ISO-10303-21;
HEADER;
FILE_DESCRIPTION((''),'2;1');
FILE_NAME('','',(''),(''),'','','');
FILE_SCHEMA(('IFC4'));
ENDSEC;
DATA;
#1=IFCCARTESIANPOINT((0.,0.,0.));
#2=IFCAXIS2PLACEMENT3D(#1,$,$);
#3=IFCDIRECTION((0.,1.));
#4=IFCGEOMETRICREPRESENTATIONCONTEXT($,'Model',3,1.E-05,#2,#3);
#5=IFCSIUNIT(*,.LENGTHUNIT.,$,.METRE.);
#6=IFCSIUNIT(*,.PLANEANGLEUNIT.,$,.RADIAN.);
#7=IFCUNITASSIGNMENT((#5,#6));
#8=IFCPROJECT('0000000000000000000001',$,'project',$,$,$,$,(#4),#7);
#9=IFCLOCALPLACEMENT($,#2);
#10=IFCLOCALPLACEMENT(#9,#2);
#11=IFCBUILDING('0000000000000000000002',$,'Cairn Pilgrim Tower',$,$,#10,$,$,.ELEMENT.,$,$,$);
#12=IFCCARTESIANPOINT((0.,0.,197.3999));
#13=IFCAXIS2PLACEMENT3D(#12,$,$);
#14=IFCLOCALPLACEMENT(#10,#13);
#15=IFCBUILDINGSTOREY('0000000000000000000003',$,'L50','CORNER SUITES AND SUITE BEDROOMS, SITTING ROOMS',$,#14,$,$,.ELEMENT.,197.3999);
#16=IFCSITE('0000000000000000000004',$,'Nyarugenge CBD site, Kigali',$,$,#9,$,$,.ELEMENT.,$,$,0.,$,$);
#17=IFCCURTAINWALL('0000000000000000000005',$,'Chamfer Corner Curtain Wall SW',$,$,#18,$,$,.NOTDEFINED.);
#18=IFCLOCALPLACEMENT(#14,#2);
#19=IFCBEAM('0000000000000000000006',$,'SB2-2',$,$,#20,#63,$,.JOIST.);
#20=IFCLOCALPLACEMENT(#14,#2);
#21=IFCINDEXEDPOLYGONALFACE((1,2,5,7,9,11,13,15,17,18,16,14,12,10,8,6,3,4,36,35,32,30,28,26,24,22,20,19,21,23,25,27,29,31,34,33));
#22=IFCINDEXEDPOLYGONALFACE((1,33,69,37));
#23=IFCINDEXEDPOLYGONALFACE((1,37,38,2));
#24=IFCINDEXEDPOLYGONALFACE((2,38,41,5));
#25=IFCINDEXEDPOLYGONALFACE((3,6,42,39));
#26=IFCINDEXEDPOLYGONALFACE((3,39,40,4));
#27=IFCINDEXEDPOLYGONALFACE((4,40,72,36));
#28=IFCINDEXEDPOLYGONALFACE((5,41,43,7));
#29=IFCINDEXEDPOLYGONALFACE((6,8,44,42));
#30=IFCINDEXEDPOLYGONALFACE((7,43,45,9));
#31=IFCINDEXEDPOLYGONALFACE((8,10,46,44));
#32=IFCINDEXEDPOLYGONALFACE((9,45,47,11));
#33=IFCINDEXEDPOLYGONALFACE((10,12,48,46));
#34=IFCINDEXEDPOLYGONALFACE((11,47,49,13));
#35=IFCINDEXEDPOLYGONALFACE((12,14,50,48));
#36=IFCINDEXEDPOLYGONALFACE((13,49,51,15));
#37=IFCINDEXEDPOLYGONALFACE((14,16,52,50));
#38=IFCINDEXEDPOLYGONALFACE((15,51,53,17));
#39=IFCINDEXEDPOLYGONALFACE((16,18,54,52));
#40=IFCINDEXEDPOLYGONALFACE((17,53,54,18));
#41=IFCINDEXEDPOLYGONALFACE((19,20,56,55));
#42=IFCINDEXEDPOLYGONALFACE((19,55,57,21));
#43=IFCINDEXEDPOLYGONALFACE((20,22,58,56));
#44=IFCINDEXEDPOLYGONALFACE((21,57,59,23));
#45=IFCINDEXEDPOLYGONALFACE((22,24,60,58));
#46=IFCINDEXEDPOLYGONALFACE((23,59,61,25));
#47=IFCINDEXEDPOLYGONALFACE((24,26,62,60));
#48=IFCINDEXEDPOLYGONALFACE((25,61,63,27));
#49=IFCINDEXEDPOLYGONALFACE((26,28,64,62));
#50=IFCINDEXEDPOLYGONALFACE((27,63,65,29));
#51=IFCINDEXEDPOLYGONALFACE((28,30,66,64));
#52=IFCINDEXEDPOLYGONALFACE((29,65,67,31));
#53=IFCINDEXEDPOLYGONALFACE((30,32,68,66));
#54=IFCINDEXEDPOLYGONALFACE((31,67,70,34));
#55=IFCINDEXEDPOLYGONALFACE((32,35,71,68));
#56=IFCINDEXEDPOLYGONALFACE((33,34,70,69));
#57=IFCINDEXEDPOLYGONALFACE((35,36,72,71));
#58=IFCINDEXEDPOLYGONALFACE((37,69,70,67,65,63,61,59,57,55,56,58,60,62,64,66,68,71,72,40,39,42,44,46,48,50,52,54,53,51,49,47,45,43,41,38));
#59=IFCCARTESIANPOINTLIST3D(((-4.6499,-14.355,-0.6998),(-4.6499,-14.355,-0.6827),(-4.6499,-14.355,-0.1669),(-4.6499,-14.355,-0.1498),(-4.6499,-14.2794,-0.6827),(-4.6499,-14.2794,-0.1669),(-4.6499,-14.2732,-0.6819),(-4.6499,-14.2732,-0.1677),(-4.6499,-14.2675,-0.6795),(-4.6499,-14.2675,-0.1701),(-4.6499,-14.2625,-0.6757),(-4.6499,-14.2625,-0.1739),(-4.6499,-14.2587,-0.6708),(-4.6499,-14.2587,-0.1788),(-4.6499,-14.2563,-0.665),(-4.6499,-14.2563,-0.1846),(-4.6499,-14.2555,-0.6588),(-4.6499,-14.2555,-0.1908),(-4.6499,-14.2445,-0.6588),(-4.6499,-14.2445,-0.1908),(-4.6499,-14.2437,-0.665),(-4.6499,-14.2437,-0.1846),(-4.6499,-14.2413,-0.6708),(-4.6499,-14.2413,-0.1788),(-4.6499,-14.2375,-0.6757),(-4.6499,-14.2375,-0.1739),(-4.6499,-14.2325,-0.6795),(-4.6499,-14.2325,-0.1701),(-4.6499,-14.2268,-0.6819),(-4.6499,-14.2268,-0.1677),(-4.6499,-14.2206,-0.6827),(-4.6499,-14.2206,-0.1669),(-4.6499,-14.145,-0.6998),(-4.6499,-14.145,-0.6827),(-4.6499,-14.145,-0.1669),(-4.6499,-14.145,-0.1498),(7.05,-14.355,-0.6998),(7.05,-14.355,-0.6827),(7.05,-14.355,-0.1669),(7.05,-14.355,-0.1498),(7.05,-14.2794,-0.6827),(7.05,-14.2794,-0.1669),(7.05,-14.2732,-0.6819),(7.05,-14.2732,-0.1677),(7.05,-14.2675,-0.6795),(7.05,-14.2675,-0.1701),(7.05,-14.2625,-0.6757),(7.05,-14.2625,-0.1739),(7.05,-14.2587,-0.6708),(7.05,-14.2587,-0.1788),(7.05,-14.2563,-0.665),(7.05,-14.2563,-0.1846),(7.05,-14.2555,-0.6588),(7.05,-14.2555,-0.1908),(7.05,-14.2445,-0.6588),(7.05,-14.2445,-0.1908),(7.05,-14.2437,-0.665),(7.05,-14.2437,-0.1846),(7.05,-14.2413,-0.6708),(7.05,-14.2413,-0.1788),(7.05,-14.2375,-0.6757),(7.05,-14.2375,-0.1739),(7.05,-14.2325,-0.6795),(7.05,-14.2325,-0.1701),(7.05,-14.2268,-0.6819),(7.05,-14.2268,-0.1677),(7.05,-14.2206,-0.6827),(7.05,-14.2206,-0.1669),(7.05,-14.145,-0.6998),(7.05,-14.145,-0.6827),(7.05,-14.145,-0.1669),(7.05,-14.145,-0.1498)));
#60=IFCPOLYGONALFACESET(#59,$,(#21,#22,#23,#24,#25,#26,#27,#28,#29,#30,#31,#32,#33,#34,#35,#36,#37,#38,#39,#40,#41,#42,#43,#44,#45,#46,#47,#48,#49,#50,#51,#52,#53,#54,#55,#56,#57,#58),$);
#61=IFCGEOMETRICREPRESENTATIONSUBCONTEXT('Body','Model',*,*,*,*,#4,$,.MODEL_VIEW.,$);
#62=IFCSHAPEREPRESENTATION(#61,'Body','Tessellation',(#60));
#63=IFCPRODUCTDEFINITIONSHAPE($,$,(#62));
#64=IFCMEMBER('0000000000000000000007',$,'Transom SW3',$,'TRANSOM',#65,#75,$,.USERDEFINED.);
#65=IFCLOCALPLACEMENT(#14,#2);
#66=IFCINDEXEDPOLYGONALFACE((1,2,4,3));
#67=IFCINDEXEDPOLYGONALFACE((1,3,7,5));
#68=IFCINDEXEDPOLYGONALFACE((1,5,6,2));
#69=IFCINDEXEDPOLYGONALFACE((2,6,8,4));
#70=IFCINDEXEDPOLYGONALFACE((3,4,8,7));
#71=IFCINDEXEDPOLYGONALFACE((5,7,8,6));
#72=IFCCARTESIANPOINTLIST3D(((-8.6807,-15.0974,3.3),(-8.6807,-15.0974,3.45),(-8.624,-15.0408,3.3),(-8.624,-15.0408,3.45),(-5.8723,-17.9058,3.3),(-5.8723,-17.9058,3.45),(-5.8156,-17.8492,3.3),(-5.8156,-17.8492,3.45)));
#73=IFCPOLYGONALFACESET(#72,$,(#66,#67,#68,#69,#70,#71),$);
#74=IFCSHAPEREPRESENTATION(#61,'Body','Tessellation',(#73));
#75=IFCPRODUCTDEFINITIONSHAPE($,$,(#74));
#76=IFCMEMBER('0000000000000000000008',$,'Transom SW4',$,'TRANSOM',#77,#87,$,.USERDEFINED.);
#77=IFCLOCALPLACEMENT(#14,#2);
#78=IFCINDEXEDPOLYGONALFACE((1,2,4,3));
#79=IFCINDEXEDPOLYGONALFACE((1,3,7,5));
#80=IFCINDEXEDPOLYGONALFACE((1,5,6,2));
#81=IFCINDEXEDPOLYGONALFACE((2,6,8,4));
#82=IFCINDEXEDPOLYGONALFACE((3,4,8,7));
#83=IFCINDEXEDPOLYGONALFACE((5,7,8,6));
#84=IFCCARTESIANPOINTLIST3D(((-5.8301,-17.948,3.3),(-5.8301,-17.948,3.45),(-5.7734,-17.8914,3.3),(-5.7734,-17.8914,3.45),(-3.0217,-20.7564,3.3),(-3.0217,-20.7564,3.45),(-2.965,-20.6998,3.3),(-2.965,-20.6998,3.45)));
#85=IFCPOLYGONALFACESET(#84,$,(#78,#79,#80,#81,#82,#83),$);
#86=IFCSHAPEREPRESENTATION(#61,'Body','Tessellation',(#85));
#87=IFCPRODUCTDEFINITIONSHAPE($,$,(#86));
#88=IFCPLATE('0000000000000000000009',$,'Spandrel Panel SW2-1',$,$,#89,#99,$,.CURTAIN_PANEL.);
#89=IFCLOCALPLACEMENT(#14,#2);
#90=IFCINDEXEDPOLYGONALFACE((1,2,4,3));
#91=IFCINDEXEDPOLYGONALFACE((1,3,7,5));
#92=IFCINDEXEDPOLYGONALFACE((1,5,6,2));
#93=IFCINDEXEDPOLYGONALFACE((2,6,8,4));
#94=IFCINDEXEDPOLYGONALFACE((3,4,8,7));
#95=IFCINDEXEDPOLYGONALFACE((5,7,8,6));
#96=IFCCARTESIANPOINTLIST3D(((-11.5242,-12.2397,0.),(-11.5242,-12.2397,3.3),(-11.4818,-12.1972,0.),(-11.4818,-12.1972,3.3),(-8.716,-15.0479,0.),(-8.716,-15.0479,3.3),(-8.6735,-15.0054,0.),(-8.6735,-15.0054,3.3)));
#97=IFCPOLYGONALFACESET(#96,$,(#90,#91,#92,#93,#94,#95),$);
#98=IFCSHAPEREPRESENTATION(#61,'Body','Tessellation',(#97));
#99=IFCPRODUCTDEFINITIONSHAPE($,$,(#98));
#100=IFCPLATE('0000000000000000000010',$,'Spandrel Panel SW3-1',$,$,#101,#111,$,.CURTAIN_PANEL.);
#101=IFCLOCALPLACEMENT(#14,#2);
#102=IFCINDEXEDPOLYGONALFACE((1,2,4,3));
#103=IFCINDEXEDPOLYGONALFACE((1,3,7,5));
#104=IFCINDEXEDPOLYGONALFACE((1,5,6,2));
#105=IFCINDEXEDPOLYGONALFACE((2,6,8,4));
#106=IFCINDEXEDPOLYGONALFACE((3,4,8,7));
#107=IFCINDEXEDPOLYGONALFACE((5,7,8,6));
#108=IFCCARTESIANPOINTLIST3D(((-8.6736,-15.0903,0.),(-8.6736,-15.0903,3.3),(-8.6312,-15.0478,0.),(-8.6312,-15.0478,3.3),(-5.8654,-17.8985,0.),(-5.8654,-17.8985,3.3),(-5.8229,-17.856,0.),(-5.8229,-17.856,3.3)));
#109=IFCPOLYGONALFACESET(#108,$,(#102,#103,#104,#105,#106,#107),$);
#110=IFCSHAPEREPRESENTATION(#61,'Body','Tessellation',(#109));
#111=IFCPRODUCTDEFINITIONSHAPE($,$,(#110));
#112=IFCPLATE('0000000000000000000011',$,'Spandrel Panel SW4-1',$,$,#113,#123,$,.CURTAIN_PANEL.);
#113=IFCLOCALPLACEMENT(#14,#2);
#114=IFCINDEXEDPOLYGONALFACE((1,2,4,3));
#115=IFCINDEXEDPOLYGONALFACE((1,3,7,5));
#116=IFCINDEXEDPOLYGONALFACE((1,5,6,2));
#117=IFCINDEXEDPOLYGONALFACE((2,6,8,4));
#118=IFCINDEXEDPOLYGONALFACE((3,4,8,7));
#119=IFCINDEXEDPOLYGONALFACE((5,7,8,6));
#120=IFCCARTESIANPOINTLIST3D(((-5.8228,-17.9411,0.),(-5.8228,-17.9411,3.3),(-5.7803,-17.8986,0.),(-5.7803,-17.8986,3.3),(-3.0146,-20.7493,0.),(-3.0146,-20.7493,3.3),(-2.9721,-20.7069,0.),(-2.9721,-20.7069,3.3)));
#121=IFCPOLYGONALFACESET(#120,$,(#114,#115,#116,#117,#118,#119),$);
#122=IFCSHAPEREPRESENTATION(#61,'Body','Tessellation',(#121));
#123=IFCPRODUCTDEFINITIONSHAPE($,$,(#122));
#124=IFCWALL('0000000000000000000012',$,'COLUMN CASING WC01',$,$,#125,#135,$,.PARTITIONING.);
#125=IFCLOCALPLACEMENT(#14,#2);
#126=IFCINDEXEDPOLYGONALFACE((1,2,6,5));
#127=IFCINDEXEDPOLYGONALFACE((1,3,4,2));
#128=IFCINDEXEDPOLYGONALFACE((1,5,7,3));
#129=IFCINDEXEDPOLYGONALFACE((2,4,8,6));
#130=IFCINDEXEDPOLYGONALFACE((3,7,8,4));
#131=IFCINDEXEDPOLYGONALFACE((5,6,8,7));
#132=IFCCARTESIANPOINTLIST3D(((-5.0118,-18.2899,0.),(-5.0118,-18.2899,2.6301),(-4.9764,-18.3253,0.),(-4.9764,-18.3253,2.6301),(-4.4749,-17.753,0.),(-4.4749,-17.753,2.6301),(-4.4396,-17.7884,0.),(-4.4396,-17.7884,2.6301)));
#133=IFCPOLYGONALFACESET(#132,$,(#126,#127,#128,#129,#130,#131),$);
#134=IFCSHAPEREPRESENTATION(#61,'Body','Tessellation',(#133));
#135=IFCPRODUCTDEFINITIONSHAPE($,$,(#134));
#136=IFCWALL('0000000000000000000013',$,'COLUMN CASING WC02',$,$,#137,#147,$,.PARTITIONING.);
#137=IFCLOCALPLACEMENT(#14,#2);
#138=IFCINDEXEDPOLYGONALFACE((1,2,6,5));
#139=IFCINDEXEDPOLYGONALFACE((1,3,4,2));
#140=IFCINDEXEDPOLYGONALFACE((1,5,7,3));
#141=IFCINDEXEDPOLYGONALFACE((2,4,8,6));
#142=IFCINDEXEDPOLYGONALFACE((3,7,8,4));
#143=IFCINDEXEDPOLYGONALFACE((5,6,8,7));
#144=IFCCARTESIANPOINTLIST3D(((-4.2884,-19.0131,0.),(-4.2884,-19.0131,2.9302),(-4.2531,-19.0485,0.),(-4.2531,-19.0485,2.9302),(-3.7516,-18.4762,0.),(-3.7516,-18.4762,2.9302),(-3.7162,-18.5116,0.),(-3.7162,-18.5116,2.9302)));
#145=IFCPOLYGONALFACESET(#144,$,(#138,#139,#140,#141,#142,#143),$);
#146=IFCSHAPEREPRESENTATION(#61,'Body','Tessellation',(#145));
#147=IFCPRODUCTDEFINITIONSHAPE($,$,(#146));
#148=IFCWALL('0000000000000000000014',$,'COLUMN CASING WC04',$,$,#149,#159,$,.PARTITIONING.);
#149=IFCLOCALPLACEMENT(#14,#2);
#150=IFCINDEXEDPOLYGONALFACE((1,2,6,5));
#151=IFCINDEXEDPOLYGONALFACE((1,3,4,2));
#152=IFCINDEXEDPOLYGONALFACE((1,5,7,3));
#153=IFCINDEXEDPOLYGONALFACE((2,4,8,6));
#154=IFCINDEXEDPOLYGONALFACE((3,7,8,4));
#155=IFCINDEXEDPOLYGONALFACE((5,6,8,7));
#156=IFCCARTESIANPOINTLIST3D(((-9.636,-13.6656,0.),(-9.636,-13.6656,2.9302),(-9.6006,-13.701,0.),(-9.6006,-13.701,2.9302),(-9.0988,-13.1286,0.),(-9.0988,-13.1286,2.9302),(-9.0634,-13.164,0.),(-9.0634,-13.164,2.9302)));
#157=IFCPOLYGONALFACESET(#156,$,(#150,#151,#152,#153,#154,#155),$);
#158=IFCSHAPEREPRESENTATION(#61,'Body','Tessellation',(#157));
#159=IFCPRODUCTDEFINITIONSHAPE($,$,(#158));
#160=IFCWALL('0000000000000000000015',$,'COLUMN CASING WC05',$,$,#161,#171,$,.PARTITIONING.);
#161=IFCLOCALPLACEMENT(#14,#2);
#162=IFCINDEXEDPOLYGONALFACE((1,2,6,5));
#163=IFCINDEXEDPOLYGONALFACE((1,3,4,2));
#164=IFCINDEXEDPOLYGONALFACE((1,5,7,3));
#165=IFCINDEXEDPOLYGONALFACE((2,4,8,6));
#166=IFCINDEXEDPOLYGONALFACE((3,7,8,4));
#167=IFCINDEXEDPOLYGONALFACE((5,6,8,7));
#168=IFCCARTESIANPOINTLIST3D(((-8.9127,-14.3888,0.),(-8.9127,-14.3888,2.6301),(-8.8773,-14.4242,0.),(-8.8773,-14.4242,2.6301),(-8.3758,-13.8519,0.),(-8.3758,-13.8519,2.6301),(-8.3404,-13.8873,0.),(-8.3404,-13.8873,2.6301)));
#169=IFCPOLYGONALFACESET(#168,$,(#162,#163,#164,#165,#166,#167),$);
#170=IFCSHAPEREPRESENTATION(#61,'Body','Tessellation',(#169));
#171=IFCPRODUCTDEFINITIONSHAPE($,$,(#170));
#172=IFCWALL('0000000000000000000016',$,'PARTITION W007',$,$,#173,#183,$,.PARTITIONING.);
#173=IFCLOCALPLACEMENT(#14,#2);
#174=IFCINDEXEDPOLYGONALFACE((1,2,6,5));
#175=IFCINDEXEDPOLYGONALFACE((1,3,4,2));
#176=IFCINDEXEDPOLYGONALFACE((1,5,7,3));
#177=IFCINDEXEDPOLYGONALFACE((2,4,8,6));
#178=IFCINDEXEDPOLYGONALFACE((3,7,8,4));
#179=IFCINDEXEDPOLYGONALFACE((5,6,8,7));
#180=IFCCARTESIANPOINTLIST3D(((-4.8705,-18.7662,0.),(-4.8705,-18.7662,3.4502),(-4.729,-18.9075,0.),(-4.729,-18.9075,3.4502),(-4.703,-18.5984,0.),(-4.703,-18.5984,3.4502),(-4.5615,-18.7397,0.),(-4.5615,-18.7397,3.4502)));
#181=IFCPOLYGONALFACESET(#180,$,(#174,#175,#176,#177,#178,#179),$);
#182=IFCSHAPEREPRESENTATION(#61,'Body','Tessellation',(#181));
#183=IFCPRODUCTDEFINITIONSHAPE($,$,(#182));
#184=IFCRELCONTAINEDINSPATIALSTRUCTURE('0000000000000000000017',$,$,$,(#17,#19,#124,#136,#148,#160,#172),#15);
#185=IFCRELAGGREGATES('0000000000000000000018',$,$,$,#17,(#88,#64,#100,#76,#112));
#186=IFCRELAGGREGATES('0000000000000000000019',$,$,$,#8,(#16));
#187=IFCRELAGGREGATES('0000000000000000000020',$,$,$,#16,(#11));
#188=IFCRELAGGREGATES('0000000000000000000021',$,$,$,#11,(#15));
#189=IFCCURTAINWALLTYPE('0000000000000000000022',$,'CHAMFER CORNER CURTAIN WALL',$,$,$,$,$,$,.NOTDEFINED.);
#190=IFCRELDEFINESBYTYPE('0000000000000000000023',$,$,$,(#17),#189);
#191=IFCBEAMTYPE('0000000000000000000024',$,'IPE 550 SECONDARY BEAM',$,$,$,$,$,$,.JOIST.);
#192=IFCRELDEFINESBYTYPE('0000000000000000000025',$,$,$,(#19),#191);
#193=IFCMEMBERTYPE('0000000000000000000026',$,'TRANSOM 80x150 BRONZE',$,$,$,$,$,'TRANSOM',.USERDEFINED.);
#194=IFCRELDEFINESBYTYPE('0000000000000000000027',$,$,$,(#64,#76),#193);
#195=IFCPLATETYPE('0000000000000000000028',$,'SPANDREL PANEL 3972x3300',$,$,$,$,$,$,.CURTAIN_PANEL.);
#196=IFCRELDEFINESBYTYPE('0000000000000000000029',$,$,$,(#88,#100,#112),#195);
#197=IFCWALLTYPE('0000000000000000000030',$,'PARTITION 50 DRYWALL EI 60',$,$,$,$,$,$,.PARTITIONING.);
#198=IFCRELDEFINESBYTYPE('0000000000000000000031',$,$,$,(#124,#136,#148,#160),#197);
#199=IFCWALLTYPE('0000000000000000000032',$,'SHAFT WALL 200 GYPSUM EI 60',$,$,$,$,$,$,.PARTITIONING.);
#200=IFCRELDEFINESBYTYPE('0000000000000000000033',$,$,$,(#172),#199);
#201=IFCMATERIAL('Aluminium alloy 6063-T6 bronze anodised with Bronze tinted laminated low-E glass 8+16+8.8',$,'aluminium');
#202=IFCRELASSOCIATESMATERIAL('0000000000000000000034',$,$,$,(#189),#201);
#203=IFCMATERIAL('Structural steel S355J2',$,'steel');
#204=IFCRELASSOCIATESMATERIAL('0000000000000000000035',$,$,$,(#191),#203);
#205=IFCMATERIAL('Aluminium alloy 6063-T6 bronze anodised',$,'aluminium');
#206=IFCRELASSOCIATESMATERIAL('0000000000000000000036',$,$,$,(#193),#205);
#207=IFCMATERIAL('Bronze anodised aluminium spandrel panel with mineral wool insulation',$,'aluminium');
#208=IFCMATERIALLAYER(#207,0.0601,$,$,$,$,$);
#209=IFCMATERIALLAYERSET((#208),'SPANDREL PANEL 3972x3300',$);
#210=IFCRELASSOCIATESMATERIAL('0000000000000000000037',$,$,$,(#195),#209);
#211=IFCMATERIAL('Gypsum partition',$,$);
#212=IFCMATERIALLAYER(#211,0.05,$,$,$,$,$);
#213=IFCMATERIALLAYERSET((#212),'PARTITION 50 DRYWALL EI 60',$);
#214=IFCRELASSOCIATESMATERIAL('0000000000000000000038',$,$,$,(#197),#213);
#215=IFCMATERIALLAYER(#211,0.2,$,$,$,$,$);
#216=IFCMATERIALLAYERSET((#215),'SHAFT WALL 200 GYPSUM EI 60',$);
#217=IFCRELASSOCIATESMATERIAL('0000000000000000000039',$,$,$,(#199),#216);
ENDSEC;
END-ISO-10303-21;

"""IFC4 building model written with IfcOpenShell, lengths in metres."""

from ifc_helpers import new_model, si_unit, direction, frame, frame_2d, origin, origin_2d, place, context, subcontext, project, spatial, rectangle, i_section, extrude, material, layer, layer_set, material_profile, profile_set, type_object, element, aggregate, save


model = new_model("IFC4")

# Units and contexts
model_context = context("Model", 3, precision=1e-05, world=origin(), true_north=direction((0.0, 1.0)))
body_context = subcontext(model_context, "Body", "Model", "MODEL_VIEW")
ifc_project = project(units=[si_unit("LENGTHUNIT", "METRE"), si_unit("PLANEANGLEUNIT", "RADIAN")], contexts=[model_context])

# Site, building, storey
site_placement = place(None, origin())
site = spatial("IfcSite", under=ifc_project, at=site_placement, Name="Nyarugenge CBD site, Kigali", CompositionType="ELEMENT", RefElevation=0.0)
building_placement = place(site_placement, origin())
building = spatial("IfcBuilding", under=site, at=building_placement, Name="Cairn Pilgrim Tower", CompositionType="ELEMENT")
storey_placement = place(building_placement, frame((0.0, 0.0, 197.3999)))
storey = spatial("IfcBuildingStorey", under=building, at=storey_placement, Name="L50", Description="CORNER SUITES AND SUITE BEDROOMS, SITTING ROOMS", CompositionType="ELEMENT", Elevation=197.3999)

# Shared definitions
ifc_material_1 = material(Name="Structural steel S355J2", Category="steel")

# Curtain wall
ifc_material_2 = material(Name="Aluminium alloy 6063-T6 bronze anodised with Bronze tinted laminated low-E glass 8+16+8.8", Category="aluminium")
curtain_wall_type = type_object("IfcCurtainWallType", Name="CHAMFER CORNER CURTAIN WALL", PredefinedType="NOTDEFINED", material=ifc_material_2)
curtain_wall_placement = place(storey_placement, origin())
curtain_wall = element("IfcCurtainWall", 1, at=curtain_wall_placement, inside=storey, type_object=curtain_wall_type, Name="Chamfer Corner Curtain Wall SW", PredefinedType="NOTDEFINED")
ifc_material_3 = material(Name="Aluminium alloy 6063-T6 bronze anodised", Category="aluminium")

# Beam
ifc_material_profile_1 = material_profile(ifc_material_1, i_section(OverallWidth=0.21, OverallDepth=0.55, WebThickness=0.011, FlangeThickness=0.0171, FilletRadius=0.0239, at=origin_2d()), Name="IPE 550")
ifc_profile_set_1 = profile_set([ifc_material_profile_1], Name="Structural steel S355J2")
beam_type_1 = type_object("IfcBeamType", Name="IPE 550 SECONDARY BEAM", PredefinedType="JOIST", material=ifc_profile_set_1)
beam_1_placement = place(storey_placement, frame((-4.6499, -14.25, -0.4248), z_axis=(1.0, 0.0, 0.0), x_axis=(0.0, 1.0, 0.0)))
element("IfcBeam", 2, at=beam_1_placement, inside=storey, type_object=beam_type_1, Name="SB2-2", PredefinedType="JOIST", context=body_context, shape_type="SweptSolid", body=[
    extrude(i_section(OverallWidth=0.21, OverallDepth=0.55, WebThickness=0.011, FlangeThickness=0.0171, FilletRadius=0.0239, at=origin_2d()), origin(), (0.0, 0.0, 1.0), 11.7),
])

# Members
ifc_material_profile_2 = material_profile(ifc_material_3, rectangle(XDim=0.0801, YDim=0.1499, at=origin_2d()), Name="TRANSOM 80x150 BRONZE")
ifc_profile_set_2 = profile_set([ifc_material_profile_2], Name="Aluminium alloy 6063-T6 bronze anodised")
member_type_1 = type_object("IfcMemberType", Name="TRANSOM 80x150 BRONZE", ElementType="TRANSOM", PredefinedType="USERDEFINED", material=ifc_profile_set_2)
member_1_placement = place(storey_placement, frame((-8.6523, -15.0691, 3.375), z_axis=(0.707107, -0.707107, 0.0), x_axis=(0.707107, 0.707107, 0.0)))
member_1 = element("IfcMember", 3, at=member_1_placement, type_object=member_type_1, Name="Transom SW3", ObjectType="TRANSOM", PredefinedType="USERDEFINED", context=body_context, shape_type="SweptSolid", body=[
    extrude(rectangle(XDim=0.0801, YDim=0.1499, at=origin_2d()), origin(), (0.0, 0.0, 1.0), 3.9717),
])
member_2_placement = place(storey_placement, frame((-5.8018, -17.9197, 3.375), z_axis=(0.707107, -0.707107, 0.0), x_axis=(0.707107, 0.707107, 0.0)))
member_2 = element("IfcMember", 4, at=member_2_placement, type_object=member_type_1, Name="Transom SW4", ObjectType="TRANSOM", PredefinedType="USERDEFINED", context=body_context, shape_type="SweptSolid", body=[
    extrude(rectangle(XDim=0.0801, YDim=0.1499, at=origin_2d()), origin(), (0.0, 0.0, 1.0), 3.9717),
])

# Plates
ifc_material_4 = material(Name="Bronze anodised aluminium spandrel panel with mineral wool insulation", Category="aluminium")
ifc_layer_1 = layer(ifc_material_4, 0.0601)
ifc_layer_set_1 = layer_set([ifc_layer_1], Name="SPANDREL PANEL 3972x3300")
plate_type = type_object("IfcPlateType", Name="SPANDREL PANEL 3972x3300", PredefinedType="CURTAIN_PANEL", material=ifc_layer_set_1)
plate_1_placement = place(storey_placement, frame((-10.0989, -13.6226, 0.0), z_axis=(0.0, 0.0, 1.0), x_axis=(0.707107, -0.707107, 0.0)))
plate_1 = element("IfcPlate", 5, at=plate_1_placement, type_object=plate_type, Name="Spandrel Panel SW2-1", PredefinedType="CURTAIN_PANEL", context=body_context, shape_type="SweptSolid", body=[
    extrude(rectangle(XDim=3.9714, YDim=0.0601, at=origin_2d()), origin(), (0.0, 0.0, 1.0), 3.3),
])
plate_2_placement = place(storey_placement, frame((-7.2483, -16.4731, 0.0), z_axis=(0.0, 0.0, 1.0), x_axis=(0.707107, -0.707107, 0.0)))
plate_2 = element("IfcPlate", 6, at=plate_2_placement, type_object=plate_type, Name="Spandrel Panel SW3-1", PredefinedType="CURTAIN_PANEL", context=body_context, shape_type="SweptSolid", body=[
    extrude(rectangle(XDim=3.9714, YDim=0.0601, at=origin_2d()), origin(), (0.0, 0.0, 1.0), 3.3),
])
plate_3_placement = place(storey_placement, frame((-4.3975, -19.324, 0.0), z_axis=(0.0, 0.0, 1.0), x_axis=(0.707107, -0.707107, 0.0)))
plate_3 = element("IfcPlate", 7, at=plate_3_placement, type_object=plate_type, Name="Spandrel Panel SW4-1", PredefinedType="CURTAIN_PANEL", context=body_context, shape_type="SweptSolid", body=[
    extrude(rectangle(XDim=3.9714, YDim=0.0601, at=origin_2d()), origin(), (0.0, 0.0, 1.0), 3.3),
])
aggregate(curtain_wall, [plate_1, member_1, plate_2, member_2, plate_3])

# Walls
ifc_material_5 = material(Name="Gypsum partition")
ifc_layer_2 = layer(ifc_material_5, 0.05)
ifc_layer_set_2 = layer_set([ifc_layer_2], Name="PARTITION 50 DRYWALL EI 60")
wall_type_1 = type_object("IfcWallType", Name="PARTITION 50 DRYWALL EI 60", PredefinedType="PARTITIONING", material=ifc_layer_set_2)
wall_1_placement = place(storey_placement, frame((-4.9941, -18.3076, 0.0), z_axis=(0.0, 0.0, 1.0), x_axis=(0.707107, 0.707107, 0.0)))
element("IfcWall", 8, at=wall_1_placement, inside=storey, type_object=wall_type_1, Name="COLUMN CASING WC01", PredefinedType="PARTITIONING", context=body_context, shape_type="SweptSolid", body=[
    extrude(rectangle(XDim=0.7593, YDim=0.05, at=frame_2d((0.3796, 0.0))), origin(), (0.0, 0.0, 1.0), 2.6301),
])
wall_2_placement = place(storey_placement, frame((-4.2708, -19.0308, 0.0), z_axis=(0.0, 0.0, 1.0), x_axis=(0.707107, 0.707107, 0.0)))
element("IfcWall", 9, at=wall_2_placement, inside=storey, type_object=wall_type_1, Name="COLUMN CASING WC02", PredefinedType="PARTITIONING", context=body_context, shape_type="SweptSolid", body=[
    extrude(rectangle(XDim=0.7593, YDim=0.05, at=frame_2d((0.3796, 0.0))), origin(), (0.0, 0.0, 1.0), 2.9302),
])
wall_3_placement = place(storey_placement, frame((-9.6184, -13.6833, 0.0), z_axis=(0.0, 0.0, 1.0), x_axis=(0.707268, 0.706946, 0.0)))
element("IfcWall", 10, at=wall_3_placement, inside=storey, type_object=wall_type_1, Name="COLUMN CASING WC04", PredefinedType="PARTITIONING", context=body_context, shape_type="SweptSolid", body=[
    extrude(rectangle(XDim=0.7595, YDim=0.05, at=frame_2d((0.3799, 0.0))), origin(), (0.0, 0.0, 1.0), 2.9302),
])
wall_4_placement = place(storey_placement, frame((-8.895, -14.4065, 0.0), z_axis=(0.0, 0.0, 1.0), x_axis=(0.707107, 0.707107, 0.0)))
element("IfcWall", 11, at=wall_4_placement, inside=storey, type_object=wall_type_1, Name="COLUMN CASING WC05", PredefinedType="PARTITIONING", context=body_context, shape_type="SweptSolid", body=[
    extrude(rectangle(XDim=0.7593, YDim=0.05, at=frame_2d((0.3796, 0.0))), origin(), (0.0, 0.0, 1.0), 2.6301),
])
ifc_layer_3 = layer(ifc_material_5, 0.2)
ifc_layer_set_3 = layer_set([ifc_layer_3], Name="SHAFT WALL 200 GYPSUM EI 60")
wall_type_2 = type_object("IfcWallType", Name="SHAFT WALL 200 GYPSUM EI 60", PredefinedType="PARTITIONING", material=ifc_layer_set_3)
wall_5_placement = place(storey_placement, frame((-4.7998, -18.8369, 0.0), z_axis=(0.0, 0.0, 1.0), x_axis=(0.706592, 0.707622, 0.0)))
element("IfcWall", 12, at=wall_5_placement, inside=storey, type_object=wall_type_2, Name="PARTITION W007", PredefinedType="PARTITIONING", context=body_context, shape_type="SweptSolid", body=[
    extrude(rectangle(XDim=0.2371, YDim=0.2, at=frame_2d((0.1187, 0.0))), origin(), (0.0, 0.0, 1.0), 3.4502),
])

save(model, "model.ifc")
